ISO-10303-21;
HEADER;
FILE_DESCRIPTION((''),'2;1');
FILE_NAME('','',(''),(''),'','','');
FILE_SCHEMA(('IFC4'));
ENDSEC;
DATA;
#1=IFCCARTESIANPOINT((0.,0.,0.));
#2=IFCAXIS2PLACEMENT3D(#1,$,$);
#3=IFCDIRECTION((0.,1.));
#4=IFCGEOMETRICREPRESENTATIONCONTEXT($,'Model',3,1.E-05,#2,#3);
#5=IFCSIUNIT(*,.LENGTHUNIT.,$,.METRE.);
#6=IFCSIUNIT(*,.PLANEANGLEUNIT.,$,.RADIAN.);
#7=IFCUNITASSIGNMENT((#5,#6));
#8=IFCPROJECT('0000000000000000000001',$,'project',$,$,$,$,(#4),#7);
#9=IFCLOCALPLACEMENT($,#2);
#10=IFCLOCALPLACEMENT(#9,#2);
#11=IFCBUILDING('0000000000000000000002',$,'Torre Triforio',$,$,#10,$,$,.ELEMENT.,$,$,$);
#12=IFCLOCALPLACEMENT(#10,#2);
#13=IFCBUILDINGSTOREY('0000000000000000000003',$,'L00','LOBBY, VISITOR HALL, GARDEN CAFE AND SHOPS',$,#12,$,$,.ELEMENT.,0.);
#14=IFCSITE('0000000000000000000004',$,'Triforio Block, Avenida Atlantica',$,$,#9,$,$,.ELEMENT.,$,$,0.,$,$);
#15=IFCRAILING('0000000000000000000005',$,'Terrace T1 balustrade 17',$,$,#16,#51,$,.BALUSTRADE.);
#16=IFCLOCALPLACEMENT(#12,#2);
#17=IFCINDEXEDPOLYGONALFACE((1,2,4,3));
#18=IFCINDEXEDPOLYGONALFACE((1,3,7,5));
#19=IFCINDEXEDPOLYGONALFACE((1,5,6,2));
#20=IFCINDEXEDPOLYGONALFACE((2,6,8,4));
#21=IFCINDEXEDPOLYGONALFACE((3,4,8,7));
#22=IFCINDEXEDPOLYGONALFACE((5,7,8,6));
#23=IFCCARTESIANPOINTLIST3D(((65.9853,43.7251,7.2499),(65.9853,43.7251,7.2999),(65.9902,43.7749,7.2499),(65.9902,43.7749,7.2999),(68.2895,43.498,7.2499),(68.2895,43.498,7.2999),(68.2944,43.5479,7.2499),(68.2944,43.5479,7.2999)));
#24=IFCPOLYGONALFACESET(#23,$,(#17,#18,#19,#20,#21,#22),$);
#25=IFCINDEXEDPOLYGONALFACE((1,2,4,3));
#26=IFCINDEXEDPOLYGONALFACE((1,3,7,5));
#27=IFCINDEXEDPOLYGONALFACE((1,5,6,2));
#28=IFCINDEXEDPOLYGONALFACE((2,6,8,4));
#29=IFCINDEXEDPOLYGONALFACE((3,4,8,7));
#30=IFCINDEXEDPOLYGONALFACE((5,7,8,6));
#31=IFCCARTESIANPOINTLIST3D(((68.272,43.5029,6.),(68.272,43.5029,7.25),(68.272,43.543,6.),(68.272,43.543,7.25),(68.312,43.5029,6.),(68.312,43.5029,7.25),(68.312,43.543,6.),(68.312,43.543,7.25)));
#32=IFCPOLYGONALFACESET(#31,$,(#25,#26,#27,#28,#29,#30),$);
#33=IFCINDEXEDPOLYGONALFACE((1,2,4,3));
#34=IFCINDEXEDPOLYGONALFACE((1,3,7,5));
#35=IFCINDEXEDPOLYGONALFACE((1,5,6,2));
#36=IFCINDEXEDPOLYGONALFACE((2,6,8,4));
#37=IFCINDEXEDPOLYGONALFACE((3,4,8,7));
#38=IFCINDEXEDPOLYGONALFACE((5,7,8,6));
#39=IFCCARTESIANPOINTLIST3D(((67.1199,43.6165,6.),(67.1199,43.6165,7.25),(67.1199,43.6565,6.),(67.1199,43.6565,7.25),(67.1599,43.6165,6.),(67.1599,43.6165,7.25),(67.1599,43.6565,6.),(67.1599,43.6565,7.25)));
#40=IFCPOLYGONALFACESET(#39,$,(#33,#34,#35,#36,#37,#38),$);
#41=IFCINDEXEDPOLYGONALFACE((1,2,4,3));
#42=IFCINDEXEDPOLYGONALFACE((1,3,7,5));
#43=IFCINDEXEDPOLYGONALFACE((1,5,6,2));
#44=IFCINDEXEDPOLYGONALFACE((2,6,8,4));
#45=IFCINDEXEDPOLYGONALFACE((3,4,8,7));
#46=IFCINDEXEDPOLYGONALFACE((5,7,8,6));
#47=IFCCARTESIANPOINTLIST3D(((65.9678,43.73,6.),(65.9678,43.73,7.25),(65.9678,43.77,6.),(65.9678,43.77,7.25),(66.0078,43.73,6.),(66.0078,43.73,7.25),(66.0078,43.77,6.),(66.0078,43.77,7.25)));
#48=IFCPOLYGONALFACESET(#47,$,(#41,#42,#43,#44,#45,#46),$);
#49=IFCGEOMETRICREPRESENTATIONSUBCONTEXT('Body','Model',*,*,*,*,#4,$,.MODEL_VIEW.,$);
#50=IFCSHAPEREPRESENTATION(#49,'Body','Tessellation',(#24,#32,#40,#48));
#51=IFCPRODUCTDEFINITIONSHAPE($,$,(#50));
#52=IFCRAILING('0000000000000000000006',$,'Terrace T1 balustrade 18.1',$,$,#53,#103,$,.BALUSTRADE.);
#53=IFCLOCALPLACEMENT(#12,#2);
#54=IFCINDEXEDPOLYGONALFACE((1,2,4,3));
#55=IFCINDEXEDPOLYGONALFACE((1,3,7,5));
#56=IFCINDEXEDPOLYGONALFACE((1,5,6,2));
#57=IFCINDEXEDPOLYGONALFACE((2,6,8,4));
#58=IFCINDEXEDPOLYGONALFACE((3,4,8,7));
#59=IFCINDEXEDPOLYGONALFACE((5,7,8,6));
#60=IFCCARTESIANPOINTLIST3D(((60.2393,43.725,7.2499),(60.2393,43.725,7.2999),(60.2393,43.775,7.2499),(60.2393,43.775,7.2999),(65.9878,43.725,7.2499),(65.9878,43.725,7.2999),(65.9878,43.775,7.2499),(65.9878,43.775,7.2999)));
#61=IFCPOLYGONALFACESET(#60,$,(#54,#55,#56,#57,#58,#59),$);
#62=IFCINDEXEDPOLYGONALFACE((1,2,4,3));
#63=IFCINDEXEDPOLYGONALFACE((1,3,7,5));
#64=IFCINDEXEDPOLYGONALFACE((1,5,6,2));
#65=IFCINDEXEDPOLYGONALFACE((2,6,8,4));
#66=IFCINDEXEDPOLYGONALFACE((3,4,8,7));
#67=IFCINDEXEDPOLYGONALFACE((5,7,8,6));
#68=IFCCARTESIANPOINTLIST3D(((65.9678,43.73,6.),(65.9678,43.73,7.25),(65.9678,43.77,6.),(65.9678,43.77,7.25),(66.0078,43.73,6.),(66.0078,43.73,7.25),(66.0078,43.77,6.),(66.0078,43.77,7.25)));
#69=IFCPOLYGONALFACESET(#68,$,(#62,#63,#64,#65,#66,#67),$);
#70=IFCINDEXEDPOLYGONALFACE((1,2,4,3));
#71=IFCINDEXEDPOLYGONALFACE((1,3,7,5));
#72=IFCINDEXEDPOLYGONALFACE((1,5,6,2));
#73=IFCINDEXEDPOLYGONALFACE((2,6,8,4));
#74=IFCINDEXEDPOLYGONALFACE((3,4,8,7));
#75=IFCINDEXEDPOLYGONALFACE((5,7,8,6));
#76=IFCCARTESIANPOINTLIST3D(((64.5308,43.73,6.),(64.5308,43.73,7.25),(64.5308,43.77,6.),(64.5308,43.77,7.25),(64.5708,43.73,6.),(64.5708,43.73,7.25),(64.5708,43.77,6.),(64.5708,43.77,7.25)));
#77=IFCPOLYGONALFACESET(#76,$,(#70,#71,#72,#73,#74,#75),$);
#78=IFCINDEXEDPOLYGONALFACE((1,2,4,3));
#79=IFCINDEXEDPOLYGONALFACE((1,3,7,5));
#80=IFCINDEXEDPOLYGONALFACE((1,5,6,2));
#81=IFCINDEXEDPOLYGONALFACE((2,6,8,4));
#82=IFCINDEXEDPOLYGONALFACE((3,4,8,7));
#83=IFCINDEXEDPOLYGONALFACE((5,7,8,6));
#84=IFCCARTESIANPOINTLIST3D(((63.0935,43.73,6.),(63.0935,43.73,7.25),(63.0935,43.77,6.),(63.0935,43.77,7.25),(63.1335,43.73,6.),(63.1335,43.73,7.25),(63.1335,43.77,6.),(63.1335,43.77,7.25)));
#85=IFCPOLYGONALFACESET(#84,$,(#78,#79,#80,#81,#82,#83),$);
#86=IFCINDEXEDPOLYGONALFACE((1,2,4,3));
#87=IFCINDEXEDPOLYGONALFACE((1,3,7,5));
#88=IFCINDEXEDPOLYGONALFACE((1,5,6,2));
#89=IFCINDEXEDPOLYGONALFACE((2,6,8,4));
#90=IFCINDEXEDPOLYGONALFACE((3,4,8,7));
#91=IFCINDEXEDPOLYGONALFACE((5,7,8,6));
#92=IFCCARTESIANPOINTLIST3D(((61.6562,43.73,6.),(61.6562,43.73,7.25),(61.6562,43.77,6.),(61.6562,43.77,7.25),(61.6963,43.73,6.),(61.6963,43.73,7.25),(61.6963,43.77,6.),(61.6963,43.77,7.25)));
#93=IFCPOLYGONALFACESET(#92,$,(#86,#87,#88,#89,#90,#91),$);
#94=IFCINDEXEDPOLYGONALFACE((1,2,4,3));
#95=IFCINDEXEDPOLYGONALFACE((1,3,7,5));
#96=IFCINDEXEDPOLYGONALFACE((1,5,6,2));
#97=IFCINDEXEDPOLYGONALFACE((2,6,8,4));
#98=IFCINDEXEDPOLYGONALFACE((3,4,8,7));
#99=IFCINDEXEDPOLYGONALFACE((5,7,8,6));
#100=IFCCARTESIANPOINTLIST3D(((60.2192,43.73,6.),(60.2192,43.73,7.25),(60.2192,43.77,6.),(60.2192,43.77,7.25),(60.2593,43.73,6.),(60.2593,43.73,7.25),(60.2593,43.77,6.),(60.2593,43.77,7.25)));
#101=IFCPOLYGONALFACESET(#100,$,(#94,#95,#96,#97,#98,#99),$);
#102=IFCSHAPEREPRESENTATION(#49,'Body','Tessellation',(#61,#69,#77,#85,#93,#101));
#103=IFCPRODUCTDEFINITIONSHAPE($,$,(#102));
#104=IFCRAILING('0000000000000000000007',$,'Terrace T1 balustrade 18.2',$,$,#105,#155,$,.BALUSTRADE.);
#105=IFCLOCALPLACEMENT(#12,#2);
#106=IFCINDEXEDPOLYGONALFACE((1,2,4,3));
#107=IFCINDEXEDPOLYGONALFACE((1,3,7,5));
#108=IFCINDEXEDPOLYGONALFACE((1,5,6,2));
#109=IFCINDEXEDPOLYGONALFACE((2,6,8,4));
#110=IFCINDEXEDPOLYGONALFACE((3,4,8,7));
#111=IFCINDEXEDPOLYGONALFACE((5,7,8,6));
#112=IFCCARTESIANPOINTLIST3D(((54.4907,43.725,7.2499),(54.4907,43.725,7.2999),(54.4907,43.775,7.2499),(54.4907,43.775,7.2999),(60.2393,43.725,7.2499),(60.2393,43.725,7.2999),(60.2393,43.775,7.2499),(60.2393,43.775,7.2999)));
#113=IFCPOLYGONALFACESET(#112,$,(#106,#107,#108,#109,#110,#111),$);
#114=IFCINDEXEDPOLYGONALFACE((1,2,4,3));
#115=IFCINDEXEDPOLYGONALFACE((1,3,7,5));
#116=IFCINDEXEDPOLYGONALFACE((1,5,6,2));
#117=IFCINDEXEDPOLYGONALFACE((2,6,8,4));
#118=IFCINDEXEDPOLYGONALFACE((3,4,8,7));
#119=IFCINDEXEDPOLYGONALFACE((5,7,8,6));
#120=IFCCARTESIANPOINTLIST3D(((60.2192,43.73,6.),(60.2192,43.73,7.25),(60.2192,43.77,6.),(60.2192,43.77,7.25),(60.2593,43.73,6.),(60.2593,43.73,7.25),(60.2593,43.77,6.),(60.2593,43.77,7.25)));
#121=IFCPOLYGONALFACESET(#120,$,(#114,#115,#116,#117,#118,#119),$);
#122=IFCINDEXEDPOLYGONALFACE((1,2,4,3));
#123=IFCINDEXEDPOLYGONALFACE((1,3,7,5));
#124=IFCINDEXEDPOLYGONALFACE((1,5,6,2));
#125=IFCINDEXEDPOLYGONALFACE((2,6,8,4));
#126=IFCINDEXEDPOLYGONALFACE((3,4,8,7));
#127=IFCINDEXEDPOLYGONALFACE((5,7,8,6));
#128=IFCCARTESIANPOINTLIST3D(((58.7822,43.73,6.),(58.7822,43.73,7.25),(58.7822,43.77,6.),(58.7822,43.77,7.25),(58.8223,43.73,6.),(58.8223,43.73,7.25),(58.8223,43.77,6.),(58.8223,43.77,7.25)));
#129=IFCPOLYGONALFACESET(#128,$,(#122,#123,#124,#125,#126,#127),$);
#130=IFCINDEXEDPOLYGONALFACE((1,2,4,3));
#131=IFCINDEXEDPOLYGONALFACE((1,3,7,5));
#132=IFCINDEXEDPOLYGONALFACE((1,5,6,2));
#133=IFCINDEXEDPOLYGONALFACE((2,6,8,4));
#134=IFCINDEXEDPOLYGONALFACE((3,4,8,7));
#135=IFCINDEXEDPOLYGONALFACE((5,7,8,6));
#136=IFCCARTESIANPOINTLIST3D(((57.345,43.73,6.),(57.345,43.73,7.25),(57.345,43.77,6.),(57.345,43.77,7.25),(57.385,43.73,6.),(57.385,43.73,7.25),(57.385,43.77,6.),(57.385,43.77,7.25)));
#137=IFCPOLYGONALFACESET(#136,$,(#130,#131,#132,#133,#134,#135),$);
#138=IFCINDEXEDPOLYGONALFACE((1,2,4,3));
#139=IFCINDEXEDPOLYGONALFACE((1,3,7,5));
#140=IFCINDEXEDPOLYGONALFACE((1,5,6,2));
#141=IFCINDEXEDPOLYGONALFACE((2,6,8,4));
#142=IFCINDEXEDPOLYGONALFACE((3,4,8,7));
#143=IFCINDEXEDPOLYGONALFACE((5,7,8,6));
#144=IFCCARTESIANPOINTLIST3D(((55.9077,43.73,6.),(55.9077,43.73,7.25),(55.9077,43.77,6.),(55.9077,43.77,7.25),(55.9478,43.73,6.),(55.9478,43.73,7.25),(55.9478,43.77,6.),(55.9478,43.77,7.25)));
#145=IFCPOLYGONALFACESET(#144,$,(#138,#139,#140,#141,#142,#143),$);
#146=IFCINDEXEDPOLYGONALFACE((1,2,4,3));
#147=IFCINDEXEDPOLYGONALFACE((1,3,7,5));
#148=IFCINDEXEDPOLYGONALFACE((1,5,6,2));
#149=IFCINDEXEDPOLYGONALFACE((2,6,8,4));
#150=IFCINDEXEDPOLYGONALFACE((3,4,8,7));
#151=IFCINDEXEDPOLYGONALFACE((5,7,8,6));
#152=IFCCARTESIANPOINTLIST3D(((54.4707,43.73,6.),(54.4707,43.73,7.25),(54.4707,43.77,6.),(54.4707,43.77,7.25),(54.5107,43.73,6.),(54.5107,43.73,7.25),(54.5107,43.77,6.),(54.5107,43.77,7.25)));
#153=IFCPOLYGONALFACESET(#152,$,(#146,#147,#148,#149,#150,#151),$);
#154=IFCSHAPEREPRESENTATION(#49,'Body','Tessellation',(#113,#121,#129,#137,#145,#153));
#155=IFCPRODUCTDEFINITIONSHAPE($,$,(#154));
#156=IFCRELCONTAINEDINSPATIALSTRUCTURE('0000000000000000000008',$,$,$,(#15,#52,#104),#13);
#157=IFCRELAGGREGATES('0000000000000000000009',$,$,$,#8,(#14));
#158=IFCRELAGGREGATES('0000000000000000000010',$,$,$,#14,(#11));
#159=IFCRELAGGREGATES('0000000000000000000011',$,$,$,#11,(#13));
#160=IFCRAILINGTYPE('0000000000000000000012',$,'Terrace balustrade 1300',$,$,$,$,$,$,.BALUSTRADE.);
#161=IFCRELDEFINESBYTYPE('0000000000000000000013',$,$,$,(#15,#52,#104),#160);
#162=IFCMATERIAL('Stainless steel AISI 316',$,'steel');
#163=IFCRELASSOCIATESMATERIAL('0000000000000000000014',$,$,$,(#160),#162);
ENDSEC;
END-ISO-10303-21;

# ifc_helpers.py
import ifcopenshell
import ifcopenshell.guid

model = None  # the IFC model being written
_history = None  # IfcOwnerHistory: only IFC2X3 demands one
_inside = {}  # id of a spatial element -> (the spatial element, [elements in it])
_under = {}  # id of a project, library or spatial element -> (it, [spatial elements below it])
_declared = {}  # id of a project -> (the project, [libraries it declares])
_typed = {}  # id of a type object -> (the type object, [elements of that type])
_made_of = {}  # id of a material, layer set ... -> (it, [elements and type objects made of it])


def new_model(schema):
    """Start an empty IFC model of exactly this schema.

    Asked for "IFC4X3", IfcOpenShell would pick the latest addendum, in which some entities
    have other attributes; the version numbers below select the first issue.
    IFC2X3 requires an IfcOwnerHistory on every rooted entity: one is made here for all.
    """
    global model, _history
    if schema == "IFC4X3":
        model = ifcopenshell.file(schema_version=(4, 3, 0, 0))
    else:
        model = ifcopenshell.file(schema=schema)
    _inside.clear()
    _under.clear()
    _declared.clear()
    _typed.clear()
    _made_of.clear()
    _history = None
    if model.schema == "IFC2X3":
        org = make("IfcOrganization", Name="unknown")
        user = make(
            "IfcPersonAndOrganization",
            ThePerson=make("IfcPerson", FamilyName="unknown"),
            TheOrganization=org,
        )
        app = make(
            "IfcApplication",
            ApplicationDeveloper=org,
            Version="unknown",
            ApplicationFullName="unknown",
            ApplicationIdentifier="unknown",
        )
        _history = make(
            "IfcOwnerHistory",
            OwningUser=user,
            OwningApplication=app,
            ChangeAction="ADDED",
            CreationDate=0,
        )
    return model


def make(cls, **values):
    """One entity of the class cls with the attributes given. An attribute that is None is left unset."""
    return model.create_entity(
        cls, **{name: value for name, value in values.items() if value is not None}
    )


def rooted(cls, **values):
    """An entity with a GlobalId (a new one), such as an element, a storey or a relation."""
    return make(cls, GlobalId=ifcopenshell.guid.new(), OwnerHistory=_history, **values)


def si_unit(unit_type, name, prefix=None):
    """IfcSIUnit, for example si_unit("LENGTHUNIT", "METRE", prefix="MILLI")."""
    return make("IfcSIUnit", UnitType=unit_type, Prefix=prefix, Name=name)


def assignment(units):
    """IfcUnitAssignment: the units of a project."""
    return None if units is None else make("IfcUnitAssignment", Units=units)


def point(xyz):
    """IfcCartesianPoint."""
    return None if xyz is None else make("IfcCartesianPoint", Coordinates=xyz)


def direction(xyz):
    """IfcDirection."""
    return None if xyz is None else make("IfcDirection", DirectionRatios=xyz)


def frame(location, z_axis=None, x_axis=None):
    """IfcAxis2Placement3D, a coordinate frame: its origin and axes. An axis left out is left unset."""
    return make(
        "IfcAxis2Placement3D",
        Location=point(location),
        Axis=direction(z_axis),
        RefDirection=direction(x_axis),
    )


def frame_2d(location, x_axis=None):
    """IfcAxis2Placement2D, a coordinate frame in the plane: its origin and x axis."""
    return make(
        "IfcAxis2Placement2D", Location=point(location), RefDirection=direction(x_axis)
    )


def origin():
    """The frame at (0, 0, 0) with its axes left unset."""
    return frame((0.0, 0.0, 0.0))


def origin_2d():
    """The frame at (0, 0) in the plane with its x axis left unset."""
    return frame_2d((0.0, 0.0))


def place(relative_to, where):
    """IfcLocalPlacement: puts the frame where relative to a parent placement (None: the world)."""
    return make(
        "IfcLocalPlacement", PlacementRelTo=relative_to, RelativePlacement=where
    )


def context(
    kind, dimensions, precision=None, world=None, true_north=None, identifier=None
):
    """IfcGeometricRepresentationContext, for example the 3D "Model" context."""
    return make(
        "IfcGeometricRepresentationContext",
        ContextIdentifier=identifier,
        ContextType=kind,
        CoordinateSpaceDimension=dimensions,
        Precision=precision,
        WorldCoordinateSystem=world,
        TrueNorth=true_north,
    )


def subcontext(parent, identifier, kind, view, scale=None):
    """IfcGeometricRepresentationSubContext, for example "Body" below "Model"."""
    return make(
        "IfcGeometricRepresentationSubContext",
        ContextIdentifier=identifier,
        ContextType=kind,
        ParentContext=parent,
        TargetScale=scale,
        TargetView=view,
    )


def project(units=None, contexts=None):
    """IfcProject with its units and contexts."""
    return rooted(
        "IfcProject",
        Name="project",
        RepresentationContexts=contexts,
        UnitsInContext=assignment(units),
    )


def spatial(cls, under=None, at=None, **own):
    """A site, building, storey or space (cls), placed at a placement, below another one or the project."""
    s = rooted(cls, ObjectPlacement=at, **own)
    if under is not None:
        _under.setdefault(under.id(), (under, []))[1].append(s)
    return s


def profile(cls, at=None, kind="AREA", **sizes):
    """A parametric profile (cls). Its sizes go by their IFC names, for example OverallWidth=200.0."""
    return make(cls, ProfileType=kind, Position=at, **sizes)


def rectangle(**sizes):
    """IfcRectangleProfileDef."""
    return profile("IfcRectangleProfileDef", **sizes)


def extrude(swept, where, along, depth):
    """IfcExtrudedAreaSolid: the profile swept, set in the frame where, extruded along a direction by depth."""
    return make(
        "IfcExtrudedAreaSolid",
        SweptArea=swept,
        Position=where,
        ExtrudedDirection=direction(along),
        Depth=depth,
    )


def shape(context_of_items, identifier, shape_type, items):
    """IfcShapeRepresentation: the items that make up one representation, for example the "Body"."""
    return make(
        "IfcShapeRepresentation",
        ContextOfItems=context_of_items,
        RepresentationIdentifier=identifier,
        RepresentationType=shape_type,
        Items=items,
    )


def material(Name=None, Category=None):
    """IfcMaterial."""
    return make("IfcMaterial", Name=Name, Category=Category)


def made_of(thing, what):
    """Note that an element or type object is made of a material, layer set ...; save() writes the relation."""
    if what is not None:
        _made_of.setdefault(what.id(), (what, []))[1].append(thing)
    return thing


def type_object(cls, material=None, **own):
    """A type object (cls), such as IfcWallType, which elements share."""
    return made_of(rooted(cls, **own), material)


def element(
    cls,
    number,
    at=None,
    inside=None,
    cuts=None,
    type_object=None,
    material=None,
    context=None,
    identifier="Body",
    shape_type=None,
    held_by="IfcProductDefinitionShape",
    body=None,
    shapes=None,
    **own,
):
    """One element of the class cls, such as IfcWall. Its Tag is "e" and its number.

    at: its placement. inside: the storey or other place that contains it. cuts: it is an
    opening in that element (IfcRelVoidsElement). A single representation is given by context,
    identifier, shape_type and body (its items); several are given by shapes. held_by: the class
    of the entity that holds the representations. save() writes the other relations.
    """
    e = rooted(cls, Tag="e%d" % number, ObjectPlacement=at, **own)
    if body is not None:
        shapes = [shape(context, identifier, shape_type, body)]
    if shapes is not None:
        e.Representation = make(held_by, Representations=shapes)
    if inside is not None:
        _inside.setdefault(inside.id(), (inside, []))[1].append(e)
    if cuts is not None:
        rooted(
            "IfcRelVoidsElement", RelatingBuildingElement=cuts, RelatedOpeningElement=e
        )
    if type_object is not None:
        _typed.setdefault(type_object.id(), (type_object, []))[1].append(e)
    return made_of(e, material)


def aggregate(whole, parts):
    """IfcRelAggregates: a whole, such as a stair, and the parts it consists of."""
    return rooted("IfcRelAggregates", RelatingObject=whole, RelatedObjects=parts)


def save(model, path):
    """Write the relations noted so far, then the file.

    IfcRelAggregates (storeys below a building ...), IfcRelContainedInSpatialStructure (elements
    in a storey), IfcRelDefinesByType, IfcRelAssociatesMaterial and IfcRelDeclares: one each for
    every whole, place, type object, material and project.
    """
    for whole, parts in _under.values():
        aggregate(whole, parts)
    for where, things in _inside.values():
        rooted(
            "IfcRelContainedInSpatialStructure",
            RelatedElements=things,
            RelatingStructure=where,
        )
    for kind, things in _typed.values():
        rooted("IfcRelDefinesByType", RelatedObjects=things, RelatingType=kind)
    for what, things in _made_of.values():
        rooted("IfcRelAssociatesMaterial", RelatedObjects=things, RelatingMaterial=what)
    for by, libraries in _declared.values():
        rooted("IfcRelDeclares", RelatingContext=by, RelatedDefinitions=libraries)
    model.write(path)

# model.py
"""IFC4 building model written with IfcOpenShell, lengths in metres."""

from ifc_helpers import new_model, si_unit, direction, frame, origin, origin_2d, place, context, subcontext, project, spatial, rectangle, extrude, material, type_object, element, save


model = new_model("IFC4")

# Units and contexts
model_context = context("Model", 3, precision=1e-05, world=origin(), true_north=direction((0.0, 1.0)))
body_context = subcontext(model_context, "Body", "Model", "MODEL_VIEW")
ifc_project = project(units=[si_unit("LENGTHUNIT", "METRE"), si_unit("PLANEANGLEUNIT", "RADIAN")], contexts=[model_context])

# Site, building, storey
site_placement = place(None, origin())
site = spatial("IfcSite", under=ifc_project, at=site_placement, Name="Triforio Block, Avenida Atlantica", CompositionType="ELEMENT", RefElevation=0.0)
building_placement = place(site_placement, origin())
building = spatial("IfcBuilding", under=site, at=building_placement, Name="Torre Triforio", CompositionType="ELEMENT")
storey_placement = place(building_placement, origin())
storey = spatial("IfcBuildingStorey", under=building, at=storey_placement, Name="L00", Description="LOBBY, VISITOR HALL, GARDEN CAFE AND SHOPS", CompositionType="ELEMENT", Elevation=0.0)

# Railings
ifc_material_1 = material(Name="Stainless steel AISI 316", Category="steel")
railing_type = type_object("IfcRailingType", Name="Terrace balustrade 1300", PredefinedType="BALUSTRADE", material=ifc_material_1)
railing_1_placement = place(storey_placement, frame((68.292, 43.5229, 6.0)))
element("IfcRailing", 1, at=railing_1_placement, inside=storey, type_object=railing_type, Name="Terrace T1 balustrade 17", PredefinedType="BALUSTRADE", context=body_context, shape_type="SweptSolid", body=[
    extrude(rectangle(XDim=0.05, YDim=0.05, at=origin_2d()), frame((0.0, 0.0, 1.2749), z_axis=(-0.99518, 0.098063, 0.0), x_axis=(-0.098063, -0.99518, 0.0)), (0.0, 0.0, 1.0), 2.3154),
    extrude(rectangle(XDim=0.04, YDim=0.04, at=origin_2d()), origin(), (0.0, 0.0, 1.0), 1.25),
    extrude(rectangle(XDim=0.04, YDim=0.04, at=origin_2d()), frame((-1.1521, 0.1135, 0.0)), (0.0, 0.0, 1.0), 1.25),
    extrude(rectangle(XDim=0.04, YDim=0.04, at=origin_2d()), frame((-2.3042, 0.2271, 0.0)), (0.0, 0.0, 1.0), 1.25),
])
for number, where, name in (
    (2, (65.9878, 43.75, 6.0), "Terrace T1 balustrade 18.1"),
    (3, (60.2393, 43.75, 6.0), "Terrace T1 balustrade 18.2"),
):
    element("IfcRailing", number, at=place(storey_placement, frame(where)), inside=storey, type_object=railing_type, Name=name, PredefinedType="BALUSTRADE", context=body_context, shape_type="SweptSolid", body=[
        extrude(rectangle(XDim=0.05, YDim=0.05, at=origin_2d()), frame((0.0, 0.0, 1.2749), z_axis=(-1.0, 0.0, 0.0), x_axis=(0.0, -1.0, 0.0)), (0.0, 0.0, 1.0), 5.7485),
        extrude(rectangle(XDim=0.04, YDim=0.04, at=origin_2d()), origin(), (0.0, 0.0, 1.0), 1.25),
        extrude(rectangle(XDim=0.04, YDim=0.04, at=origin_2d()), frame((-1.437, 0.0, 0.0)), (0.0, 0.0, 1.0), 1.25),
        extrude(rectangle(XDim=0.04, YDim=0.04, at=origin_2d()), frame((-2.8743, 0.0, 0.0)), (0.0, 0.0, 1.0), 1.25),
        extrude(rectangle(XDim=0.04, YDim=0.04, at=origin_2d()), frame((-4.3115, 0.0, 0.0)), (0.0, 0.0, 1.0), 1.25),
        extrude(rectangle(XDim=0.04, YDim=0.04, at=origin_2d()), frame((-5.7485, 0.0, 0.0)), (0.0, 0.0, 1.0), 1.25),
    ])

save(model, "model.ifc")
